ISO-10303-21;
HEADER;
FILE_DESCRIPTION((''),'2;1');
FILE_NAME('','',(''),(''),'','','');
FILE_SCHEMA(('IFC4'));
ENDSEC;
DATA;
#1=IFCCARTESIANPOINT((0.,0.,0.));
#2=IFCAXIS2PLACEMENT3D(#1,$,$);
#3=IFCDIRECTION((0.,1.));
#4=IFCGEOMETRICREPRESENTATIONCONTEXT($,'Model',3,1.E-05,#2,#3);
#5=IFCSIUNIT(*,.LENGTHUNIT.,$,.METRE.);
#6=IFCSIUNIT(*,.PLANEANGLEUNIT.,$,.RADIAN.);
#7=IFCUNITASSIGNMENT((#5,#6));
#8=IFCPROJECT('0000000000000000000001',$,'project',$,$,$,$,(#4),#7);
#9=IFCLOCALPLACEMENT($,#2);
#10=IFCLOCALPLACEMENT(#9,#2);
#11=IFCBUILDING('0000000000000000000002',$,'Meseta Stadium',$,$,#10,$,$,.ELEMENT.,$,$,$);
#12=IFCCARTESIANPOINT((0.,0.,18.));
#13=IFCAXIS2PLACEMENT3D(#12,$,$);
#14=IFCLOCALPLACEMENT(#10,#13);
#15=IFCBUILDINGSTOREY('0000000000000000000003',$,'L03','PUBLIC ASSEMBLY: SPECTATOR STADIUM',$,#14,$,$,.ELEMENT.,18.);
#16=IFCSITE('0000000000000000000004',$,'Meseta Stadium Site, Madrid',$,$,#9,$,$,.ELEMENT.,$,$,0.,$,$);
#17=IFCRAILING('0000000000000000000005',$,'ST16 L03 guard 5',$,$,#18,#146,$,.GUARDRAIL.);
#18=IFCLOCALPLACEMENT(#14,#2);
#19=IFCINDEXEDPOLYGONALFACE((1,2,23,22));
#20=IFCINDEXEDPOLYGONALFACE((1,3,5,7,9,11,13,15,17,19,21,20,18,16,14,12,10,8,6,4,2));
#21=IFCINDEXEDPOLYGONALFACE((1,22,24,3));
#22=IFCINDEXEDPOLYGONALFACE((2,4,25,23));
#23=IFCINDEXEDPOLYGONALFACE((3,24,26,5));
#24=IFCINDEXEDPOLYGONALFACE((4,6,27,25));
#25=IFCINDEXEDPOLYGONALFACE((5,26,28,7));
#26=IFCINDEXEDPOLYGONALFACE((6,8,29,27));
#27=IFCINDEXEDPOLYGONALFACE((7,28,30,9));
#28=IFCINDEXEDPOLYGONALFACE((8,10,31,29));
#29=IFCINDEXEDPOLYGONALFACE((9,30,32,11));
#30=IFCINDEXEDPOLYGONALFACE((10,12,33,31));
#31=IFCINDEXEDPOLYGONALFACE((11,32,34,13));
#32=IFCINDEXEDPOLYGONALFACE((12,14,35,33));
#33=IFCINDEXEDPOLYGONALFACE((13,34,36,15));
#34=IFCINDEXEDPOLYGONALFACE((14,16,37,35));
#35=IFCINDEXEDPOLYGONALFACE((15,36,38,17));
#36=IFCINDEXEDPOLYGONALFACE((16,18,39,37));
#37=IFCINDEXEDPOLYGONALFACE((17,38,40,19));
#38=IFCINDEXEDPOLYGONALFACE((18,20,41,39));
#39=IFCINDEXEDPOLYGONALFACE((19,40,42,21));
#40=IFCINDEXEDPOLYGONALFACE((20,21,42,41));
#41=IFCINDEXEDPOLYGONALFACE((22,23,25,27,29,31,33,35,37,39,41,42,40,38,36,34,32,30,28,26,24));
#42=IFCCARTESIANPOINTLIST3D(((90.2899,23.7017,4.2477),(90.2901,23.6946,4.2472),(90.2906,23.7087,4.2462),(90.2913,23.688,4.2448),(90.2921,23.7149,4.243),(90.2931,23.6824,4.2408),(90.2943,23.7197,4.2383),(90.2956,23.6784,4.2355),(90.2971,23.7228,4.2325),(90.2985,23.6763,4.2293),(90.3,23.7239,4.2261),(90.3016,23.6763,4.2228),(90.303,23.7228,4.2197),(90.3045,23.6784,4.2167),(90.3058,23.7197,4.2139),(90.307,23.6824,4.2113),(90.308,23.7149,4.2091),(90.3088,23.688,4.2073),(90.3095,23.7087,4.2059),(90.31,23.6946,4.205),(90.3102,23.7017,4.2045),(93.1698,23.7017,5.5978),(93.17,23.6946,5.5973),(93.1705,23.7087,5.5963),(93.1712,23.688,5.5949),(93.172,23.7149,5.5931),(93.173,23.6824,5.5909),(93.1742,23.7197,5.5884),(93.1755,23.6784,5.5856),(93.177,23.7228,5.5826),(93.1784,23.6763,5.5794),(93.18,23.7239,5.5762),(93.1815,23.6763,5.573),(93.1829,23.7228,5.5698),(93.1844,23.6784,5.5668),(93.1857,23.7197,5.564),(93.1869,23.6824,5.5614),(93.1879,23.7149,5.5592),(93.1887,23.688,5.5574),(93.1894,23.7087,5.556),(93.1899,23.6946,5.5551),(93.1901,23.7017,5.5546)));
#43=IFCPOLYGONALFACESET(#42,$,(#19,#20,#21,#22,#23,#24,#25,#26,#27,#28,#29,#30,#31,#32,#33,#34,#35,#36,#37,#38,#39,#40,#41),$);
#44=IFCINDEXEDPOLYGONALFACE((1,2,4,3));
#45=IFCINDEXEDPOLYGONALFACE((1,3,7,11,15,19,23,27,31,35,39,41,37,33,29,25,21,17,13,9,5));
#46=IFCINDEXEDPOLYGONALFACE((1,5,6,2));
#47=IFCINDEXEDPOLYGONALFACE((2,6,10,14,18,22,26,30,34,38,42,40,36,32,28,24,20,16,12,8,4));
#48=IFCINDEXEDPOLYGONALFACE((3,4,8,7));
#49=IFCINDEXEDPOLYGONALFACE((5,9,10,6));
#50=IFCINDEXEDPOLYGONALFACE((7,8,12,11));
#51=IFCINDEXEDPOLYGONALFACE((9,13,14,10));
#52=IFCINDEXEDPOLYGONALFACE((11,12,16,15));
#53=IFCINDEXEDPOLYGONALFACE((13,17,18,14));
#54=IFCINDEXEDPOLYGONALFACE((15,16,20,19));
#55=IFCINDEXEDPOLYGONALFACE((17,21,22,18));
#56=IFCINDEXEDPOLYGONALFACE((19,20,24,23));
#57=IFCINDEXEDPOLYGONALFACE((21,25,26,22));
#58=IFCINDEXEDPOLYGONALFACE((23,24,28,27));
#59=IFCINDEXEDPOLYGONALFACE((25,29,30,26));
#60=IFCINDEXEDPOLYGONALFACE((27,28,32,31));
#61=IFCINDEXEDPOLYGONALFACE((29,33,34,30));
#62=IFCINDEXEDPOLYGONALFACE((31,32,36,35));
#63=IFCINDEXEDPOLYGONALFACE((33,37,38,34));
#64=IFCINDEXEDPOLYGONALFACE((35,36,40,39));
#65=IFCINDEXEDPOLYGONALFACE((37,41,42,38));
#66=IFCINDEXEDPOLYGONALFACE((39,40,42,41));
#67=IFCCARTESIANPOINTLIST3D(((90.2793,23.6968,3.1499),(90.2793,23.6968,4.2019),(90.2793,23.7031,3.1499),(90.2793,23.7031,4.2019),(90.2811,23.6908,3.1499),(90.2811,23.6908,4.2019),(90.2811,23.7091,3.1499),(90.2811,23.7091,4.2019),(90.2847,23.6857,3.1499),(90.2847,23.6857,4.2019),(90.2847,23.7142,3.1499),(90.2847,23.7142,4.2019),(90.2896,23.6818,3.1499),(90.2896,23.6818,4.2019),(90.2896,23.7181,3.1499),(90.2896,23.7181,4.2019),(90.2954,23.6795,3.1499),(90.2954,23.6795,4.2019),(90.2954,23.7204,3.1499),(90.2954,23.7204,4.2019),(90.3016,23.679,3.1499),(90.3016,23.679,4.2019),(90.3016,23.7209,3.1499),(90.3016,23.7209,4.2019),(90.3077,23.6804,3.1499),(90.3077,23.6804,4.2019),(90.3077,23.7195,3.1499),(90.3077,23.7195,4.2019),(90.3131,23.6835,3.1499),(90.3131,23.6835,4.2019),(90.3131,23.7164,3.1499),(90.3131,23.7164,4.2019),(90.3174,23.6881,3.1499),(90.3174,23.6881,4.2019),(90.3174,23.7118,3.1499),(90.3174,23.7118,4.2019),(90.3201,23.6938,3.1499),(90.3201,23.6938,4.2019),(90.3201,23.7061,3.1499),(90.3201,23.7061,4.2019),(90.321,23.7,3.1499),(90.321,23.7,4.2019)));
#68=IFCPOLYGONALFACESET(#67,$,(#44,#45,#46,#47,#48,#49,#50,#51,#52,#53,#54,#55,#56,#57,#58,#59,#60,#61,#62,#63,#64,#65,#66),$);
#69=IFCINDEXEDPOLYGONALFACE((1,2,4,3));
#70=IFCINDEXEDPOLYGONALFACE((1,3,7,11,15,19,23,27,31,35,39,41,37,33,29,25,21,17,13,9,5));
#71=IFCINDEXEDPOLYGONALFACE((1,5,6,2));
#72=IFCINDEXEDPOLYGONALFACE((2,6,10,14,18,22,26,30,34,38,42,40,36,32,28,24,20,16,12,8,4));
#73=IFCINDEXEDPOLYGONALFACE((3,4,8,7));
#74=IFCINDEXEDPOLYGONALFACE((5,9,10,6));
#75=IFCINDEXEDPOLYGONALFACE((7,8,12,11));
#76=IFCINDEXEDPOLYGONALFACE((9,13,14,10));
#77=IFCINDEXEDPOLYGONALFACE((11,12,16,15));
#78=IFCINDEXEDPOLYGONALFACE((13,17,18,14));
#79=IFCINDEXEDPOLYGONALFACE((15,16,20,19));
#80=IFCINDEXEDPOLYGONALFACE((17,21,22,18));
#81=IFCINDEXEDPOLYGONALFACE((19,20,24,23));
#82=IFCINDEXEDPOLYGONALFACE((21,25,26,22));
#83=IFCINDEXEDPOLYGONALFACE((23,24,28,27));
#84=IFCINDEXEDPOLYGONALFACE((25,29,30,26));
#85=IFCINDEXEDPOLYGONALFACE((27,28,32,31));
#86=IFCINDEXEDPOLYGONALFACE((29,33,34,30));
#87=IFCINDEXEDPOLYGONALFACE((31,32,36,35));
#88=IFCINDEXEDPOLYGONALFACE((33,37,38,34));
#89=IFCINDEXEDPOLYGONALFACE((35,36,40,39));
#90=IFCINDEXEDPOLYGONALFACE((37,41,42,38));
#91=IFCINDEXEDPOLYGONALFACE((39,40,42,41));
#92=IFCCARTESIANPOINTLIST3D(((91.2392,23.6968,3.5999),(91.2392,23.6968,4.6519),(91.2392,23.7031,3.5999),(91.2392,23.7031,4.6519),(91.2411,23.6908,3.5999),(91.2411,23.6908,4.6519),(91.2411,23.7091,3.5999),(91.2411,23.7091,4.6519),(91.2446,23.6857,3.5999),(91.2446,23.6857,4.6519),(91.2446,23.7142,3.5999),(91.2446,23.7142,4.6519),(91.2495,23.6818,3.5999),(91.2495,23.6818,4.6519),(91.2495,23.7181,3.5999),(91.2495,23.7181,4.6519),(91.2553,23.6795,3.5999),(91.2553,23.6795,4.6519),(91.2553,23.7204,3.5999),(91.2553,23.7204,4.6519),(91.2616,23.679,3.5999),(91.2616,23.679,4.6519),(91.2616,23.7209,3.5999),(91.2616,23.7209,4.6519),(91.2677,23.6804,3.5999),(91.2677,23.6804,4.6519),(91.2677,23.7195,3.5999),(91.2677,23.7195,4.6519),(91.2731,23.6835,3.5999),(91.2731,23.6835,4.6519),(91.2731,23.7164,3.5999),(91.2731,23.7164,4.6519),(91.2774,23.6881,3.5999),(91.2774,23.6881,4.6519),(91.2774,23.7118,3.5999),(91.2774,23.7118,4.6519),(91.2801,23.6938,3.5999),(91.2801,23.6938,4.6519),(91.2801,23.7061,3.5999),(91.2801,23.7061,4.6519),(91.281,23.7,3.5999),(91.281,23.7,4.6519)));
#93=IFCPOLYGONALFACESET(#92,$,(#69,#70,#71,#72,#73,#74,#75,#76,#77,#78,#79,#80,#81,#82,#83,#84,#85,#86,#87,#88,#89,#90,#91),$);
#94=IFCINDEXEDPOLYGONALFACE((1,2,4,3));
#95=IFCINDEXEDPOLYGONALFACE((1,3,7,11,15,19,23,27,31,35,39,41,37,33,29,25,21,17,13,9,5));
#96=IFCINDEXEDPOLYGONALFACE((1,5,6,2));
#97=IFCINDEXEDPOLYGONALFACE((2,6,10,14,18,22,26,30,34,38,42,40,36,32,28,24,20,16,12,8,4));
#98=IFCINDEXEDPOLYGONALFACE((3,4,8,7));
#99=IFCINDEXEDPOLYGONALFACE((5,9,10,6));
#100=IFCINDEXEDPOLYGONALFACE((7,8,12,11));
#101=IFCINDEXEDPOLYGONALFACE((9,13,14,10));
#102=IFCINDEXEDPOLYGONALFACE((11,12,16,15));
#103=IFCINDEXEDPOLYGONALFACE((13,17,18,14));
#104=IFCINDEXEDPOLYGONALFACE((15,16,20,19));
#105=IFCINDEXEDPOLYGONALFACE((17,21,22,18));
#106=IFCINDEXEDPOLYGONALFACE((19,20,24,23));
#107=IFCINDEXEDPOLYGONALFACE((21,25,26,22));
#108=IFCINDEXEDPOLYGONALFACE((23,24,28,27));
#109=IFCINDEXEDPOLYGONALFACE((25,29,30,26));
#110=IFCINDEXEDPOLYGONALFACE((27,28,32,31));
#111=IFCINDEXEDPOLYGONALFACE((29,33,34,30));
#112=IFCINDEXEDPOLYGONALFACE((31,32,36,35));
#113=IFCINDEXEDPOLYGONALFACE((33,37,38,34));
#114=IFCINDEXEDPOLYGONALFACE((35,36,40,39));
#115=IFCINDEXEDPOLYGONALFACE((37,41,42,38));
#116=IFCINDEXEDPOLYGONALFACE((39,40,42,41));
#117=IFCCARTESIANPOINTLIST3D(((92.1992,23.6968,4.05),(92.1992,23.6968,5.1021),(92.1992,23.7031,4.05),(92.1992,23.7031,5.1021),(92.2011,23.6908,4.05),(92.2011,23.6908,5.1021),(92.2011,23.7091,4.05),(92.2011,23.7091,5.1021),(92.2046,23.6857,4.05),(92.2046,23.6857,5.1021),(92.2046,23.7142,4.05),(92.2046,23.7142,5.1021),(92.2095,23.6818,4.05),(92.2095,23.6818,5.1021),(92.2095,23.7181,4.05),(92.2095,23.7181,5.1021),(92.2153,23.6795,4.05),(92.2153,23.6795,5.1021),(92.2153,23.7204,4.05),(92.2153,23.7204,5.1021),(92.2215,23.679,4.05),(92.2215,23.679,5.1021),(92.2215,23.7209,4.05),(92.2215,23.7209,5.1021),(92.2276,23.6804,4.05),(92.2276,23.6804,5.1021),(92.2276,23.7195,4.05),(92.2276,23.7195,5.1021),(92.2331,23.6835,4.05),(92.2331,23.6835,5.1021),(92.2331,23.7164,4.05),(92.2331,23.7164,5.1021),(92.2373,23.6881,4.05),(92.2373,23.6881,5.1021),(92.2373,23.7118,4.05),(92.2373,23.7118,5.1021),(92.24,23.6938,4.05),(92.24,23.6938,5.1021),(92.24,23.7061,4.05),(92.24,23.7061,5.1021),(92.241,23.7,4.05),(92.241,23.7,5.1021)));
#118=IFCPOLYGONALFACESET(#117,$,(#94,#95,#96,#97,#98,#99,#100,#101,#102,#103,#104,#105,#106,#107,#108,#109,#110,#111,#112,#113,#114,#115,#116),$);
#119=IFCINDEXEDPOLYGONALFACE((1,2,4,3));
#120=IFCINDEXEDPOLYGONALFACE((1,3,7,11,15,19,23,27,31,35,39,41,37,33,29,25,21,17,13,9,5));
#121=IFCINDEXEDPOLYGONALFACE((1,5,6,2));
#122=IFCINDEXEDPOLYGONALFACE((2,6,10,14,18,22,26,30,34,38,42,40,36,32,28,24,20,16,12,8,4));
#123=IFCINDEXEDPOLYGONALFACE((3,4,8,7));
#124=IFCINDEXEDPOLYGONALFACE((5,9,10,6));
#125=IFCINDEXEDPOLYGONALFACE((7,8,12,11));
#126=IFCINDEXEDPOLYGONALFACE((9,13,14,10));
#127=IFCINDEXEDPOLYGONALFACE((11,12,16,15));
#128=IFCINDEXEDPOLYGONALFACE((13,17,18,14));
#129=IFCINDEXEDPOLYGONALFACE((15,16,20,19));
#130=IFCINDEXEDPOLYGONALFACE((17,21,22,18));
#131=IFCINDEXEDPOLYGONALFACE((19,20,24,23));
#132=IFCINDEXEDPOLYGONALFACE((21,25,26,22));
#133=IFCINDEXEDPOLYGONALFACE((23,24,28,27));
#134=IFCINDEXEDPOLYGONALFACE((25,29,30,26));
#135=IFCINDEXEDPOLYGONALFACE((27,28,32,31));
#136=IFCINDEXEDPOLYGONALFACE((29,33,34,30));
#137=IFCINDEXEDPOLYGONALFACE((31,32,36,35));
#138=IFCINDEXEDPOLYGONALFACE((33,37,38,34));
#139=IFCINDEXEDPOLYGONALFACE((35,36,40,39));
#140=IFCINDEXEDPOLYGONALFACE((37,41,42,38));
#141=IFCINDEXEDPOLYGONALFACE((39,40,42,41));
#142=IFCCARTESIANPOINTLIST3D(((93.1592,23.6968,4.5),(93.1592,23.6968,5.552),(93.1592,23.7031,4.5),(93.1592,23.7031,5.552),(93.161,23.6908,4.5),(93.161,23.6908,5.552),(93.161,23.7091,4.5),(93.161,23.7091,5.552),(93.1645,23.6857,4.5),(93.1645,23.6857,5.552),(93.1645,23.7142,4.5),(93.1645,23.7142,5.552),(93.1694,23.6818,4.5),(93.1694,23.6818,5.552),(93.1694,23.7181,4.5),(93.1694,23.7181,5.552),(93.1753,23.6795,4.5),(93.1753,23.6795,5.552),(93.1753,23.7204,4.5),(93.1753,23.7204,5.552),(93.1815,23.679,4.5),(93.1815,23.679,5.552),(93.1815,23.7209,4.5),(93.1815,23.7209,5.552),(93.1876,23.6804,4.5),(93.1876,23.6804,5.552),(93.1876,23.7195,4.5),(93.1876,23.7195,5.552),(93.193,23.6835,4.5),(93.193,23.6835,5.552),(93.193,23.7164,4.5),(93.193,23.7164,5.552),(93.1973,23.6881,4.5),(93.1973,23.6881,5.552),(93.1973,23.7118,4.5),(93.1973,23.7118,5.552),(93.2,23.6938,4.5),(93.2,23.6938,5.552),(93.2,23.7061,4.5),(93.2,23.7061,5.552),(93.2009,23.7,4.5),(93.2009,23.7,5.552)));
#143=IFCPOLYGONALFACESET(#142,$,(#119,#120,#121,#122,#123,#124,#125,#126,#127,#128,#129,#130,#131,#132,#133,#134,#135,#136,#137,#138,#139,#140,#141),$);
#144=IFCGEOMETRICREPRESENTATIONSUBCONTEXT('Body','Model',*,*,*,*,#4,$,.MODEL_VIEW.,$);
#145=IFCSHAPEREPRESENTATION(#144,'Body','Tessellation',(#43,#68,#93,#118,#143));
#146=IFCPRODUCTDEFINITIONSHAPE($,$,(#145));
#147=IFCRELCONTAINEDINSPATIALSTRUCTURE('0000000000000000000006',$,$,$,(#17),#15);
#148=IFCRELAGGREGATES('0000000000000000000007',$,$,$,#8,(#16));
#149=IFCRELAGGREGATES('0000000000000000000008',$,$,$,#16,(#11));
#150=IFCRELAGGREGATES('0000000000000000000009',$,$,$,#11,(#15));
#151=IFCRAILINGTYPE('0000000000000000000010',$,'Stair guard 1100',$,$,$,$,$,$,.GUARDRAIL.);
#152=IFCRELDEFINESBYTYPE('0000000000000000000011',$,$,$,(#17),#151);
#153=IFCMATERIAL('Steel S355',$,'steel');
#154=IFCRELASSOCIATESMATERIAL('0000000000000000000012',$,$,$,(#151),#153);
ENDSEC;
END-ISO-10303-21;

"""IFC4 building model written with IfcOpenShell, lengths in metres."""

from ifc_helpers import new_model, si_unit, direction, frame, origin, origin_2d, place, context, subcontext, project, spatial, circle, extrude, material, type_object, element, save


model = new_model("IFC4")

# Units and contexts
model_context = context("Model", 3, precision=1e-05, world=origin(), true_north=direction((0.0, 1.0)))
body_context = subcontext(model_context, "Body", "Model", "MODEL_VIEW")
ifc_project = project(units=[si_unit("LENGTHUNIT", "METRE"), si_unit("PLANEANGLEUNIT", "RADIAN")], contexts=[model_context])

# Site, building, storey
site_placement = place(None, origin())
site = spatial("IfcSite", under=ifc_project, at=site_placement, Name="Meseta Stadium Site, Madrid", CompositionType="ELEMENT", RefElevation=0.0)
building_placement = place(site_placement, origin())
building = spatial("IfcBuilding", under=site, at=building_placement, Name="Meseta Stadium", CompositionType="ELEMENT")
storey_placement = place(building_placement, frame((0.0, 0.0, 18.0)))
storey = spatial("IfcBuildingStorey", under=building, at=storey_placement, Name="L03", Description="PUBLIC ASSEMBLY: SPECTATOR STADIUM", CompositionType="ELEMENT", Elevation=18.0)

# Railing
ifc_material_1 = material(Name="Steel S355", Category="steel")
railing_type_1 = type_object("IfcRailingType", Name="Stair guard 1100", PredefinedType="GUARDRAIL", material=ifc_material_1)
railing_1_placement = place(storey_placement, frame((90.3, 23.7, 3.1499)))
element("IfcRailing", 1, at=railing_1_placement, inside=storey, type_object=railing_type_1, Name="ST16 L03 guard 5", PredefinedType="GUARDRAIL", context=body_context, shape_type="SweptSolid", body=[
    extrude(circle(Radius=0.0239, at=origin_2d()), frame((0.0, 0.0, 1.0762), z_axis=(0.90544, 0.0, 0.424473), x_axis=(0.0, 1.0, 0.0)), (0.0, 0.0, 1.0), 3.1807),
    extrude(circle(Radius=0.021, at=origin_2d()), origin(), (0.0, 0.0, 1.0), 1.052),
    extrude(circle(Radius=0.021, at=origin_2d()), frame((0.96, 0.0, 0.45)), (0.0, 0.0, 1.0), 1.052),
    extrude(circle(Radius=0.021, at=origin_2d()), frame((1.9199, 0.0, 0.9001)), (0.0, 0.0, 1.0), 1.052),
    extrude(circle(Radius=0.021, at=origin_2d()), frame((2.8799, 0.0, 1.3501)), (0.0, 0.0, 1.0), 1.052),
])

save(model, "model.ifc")
